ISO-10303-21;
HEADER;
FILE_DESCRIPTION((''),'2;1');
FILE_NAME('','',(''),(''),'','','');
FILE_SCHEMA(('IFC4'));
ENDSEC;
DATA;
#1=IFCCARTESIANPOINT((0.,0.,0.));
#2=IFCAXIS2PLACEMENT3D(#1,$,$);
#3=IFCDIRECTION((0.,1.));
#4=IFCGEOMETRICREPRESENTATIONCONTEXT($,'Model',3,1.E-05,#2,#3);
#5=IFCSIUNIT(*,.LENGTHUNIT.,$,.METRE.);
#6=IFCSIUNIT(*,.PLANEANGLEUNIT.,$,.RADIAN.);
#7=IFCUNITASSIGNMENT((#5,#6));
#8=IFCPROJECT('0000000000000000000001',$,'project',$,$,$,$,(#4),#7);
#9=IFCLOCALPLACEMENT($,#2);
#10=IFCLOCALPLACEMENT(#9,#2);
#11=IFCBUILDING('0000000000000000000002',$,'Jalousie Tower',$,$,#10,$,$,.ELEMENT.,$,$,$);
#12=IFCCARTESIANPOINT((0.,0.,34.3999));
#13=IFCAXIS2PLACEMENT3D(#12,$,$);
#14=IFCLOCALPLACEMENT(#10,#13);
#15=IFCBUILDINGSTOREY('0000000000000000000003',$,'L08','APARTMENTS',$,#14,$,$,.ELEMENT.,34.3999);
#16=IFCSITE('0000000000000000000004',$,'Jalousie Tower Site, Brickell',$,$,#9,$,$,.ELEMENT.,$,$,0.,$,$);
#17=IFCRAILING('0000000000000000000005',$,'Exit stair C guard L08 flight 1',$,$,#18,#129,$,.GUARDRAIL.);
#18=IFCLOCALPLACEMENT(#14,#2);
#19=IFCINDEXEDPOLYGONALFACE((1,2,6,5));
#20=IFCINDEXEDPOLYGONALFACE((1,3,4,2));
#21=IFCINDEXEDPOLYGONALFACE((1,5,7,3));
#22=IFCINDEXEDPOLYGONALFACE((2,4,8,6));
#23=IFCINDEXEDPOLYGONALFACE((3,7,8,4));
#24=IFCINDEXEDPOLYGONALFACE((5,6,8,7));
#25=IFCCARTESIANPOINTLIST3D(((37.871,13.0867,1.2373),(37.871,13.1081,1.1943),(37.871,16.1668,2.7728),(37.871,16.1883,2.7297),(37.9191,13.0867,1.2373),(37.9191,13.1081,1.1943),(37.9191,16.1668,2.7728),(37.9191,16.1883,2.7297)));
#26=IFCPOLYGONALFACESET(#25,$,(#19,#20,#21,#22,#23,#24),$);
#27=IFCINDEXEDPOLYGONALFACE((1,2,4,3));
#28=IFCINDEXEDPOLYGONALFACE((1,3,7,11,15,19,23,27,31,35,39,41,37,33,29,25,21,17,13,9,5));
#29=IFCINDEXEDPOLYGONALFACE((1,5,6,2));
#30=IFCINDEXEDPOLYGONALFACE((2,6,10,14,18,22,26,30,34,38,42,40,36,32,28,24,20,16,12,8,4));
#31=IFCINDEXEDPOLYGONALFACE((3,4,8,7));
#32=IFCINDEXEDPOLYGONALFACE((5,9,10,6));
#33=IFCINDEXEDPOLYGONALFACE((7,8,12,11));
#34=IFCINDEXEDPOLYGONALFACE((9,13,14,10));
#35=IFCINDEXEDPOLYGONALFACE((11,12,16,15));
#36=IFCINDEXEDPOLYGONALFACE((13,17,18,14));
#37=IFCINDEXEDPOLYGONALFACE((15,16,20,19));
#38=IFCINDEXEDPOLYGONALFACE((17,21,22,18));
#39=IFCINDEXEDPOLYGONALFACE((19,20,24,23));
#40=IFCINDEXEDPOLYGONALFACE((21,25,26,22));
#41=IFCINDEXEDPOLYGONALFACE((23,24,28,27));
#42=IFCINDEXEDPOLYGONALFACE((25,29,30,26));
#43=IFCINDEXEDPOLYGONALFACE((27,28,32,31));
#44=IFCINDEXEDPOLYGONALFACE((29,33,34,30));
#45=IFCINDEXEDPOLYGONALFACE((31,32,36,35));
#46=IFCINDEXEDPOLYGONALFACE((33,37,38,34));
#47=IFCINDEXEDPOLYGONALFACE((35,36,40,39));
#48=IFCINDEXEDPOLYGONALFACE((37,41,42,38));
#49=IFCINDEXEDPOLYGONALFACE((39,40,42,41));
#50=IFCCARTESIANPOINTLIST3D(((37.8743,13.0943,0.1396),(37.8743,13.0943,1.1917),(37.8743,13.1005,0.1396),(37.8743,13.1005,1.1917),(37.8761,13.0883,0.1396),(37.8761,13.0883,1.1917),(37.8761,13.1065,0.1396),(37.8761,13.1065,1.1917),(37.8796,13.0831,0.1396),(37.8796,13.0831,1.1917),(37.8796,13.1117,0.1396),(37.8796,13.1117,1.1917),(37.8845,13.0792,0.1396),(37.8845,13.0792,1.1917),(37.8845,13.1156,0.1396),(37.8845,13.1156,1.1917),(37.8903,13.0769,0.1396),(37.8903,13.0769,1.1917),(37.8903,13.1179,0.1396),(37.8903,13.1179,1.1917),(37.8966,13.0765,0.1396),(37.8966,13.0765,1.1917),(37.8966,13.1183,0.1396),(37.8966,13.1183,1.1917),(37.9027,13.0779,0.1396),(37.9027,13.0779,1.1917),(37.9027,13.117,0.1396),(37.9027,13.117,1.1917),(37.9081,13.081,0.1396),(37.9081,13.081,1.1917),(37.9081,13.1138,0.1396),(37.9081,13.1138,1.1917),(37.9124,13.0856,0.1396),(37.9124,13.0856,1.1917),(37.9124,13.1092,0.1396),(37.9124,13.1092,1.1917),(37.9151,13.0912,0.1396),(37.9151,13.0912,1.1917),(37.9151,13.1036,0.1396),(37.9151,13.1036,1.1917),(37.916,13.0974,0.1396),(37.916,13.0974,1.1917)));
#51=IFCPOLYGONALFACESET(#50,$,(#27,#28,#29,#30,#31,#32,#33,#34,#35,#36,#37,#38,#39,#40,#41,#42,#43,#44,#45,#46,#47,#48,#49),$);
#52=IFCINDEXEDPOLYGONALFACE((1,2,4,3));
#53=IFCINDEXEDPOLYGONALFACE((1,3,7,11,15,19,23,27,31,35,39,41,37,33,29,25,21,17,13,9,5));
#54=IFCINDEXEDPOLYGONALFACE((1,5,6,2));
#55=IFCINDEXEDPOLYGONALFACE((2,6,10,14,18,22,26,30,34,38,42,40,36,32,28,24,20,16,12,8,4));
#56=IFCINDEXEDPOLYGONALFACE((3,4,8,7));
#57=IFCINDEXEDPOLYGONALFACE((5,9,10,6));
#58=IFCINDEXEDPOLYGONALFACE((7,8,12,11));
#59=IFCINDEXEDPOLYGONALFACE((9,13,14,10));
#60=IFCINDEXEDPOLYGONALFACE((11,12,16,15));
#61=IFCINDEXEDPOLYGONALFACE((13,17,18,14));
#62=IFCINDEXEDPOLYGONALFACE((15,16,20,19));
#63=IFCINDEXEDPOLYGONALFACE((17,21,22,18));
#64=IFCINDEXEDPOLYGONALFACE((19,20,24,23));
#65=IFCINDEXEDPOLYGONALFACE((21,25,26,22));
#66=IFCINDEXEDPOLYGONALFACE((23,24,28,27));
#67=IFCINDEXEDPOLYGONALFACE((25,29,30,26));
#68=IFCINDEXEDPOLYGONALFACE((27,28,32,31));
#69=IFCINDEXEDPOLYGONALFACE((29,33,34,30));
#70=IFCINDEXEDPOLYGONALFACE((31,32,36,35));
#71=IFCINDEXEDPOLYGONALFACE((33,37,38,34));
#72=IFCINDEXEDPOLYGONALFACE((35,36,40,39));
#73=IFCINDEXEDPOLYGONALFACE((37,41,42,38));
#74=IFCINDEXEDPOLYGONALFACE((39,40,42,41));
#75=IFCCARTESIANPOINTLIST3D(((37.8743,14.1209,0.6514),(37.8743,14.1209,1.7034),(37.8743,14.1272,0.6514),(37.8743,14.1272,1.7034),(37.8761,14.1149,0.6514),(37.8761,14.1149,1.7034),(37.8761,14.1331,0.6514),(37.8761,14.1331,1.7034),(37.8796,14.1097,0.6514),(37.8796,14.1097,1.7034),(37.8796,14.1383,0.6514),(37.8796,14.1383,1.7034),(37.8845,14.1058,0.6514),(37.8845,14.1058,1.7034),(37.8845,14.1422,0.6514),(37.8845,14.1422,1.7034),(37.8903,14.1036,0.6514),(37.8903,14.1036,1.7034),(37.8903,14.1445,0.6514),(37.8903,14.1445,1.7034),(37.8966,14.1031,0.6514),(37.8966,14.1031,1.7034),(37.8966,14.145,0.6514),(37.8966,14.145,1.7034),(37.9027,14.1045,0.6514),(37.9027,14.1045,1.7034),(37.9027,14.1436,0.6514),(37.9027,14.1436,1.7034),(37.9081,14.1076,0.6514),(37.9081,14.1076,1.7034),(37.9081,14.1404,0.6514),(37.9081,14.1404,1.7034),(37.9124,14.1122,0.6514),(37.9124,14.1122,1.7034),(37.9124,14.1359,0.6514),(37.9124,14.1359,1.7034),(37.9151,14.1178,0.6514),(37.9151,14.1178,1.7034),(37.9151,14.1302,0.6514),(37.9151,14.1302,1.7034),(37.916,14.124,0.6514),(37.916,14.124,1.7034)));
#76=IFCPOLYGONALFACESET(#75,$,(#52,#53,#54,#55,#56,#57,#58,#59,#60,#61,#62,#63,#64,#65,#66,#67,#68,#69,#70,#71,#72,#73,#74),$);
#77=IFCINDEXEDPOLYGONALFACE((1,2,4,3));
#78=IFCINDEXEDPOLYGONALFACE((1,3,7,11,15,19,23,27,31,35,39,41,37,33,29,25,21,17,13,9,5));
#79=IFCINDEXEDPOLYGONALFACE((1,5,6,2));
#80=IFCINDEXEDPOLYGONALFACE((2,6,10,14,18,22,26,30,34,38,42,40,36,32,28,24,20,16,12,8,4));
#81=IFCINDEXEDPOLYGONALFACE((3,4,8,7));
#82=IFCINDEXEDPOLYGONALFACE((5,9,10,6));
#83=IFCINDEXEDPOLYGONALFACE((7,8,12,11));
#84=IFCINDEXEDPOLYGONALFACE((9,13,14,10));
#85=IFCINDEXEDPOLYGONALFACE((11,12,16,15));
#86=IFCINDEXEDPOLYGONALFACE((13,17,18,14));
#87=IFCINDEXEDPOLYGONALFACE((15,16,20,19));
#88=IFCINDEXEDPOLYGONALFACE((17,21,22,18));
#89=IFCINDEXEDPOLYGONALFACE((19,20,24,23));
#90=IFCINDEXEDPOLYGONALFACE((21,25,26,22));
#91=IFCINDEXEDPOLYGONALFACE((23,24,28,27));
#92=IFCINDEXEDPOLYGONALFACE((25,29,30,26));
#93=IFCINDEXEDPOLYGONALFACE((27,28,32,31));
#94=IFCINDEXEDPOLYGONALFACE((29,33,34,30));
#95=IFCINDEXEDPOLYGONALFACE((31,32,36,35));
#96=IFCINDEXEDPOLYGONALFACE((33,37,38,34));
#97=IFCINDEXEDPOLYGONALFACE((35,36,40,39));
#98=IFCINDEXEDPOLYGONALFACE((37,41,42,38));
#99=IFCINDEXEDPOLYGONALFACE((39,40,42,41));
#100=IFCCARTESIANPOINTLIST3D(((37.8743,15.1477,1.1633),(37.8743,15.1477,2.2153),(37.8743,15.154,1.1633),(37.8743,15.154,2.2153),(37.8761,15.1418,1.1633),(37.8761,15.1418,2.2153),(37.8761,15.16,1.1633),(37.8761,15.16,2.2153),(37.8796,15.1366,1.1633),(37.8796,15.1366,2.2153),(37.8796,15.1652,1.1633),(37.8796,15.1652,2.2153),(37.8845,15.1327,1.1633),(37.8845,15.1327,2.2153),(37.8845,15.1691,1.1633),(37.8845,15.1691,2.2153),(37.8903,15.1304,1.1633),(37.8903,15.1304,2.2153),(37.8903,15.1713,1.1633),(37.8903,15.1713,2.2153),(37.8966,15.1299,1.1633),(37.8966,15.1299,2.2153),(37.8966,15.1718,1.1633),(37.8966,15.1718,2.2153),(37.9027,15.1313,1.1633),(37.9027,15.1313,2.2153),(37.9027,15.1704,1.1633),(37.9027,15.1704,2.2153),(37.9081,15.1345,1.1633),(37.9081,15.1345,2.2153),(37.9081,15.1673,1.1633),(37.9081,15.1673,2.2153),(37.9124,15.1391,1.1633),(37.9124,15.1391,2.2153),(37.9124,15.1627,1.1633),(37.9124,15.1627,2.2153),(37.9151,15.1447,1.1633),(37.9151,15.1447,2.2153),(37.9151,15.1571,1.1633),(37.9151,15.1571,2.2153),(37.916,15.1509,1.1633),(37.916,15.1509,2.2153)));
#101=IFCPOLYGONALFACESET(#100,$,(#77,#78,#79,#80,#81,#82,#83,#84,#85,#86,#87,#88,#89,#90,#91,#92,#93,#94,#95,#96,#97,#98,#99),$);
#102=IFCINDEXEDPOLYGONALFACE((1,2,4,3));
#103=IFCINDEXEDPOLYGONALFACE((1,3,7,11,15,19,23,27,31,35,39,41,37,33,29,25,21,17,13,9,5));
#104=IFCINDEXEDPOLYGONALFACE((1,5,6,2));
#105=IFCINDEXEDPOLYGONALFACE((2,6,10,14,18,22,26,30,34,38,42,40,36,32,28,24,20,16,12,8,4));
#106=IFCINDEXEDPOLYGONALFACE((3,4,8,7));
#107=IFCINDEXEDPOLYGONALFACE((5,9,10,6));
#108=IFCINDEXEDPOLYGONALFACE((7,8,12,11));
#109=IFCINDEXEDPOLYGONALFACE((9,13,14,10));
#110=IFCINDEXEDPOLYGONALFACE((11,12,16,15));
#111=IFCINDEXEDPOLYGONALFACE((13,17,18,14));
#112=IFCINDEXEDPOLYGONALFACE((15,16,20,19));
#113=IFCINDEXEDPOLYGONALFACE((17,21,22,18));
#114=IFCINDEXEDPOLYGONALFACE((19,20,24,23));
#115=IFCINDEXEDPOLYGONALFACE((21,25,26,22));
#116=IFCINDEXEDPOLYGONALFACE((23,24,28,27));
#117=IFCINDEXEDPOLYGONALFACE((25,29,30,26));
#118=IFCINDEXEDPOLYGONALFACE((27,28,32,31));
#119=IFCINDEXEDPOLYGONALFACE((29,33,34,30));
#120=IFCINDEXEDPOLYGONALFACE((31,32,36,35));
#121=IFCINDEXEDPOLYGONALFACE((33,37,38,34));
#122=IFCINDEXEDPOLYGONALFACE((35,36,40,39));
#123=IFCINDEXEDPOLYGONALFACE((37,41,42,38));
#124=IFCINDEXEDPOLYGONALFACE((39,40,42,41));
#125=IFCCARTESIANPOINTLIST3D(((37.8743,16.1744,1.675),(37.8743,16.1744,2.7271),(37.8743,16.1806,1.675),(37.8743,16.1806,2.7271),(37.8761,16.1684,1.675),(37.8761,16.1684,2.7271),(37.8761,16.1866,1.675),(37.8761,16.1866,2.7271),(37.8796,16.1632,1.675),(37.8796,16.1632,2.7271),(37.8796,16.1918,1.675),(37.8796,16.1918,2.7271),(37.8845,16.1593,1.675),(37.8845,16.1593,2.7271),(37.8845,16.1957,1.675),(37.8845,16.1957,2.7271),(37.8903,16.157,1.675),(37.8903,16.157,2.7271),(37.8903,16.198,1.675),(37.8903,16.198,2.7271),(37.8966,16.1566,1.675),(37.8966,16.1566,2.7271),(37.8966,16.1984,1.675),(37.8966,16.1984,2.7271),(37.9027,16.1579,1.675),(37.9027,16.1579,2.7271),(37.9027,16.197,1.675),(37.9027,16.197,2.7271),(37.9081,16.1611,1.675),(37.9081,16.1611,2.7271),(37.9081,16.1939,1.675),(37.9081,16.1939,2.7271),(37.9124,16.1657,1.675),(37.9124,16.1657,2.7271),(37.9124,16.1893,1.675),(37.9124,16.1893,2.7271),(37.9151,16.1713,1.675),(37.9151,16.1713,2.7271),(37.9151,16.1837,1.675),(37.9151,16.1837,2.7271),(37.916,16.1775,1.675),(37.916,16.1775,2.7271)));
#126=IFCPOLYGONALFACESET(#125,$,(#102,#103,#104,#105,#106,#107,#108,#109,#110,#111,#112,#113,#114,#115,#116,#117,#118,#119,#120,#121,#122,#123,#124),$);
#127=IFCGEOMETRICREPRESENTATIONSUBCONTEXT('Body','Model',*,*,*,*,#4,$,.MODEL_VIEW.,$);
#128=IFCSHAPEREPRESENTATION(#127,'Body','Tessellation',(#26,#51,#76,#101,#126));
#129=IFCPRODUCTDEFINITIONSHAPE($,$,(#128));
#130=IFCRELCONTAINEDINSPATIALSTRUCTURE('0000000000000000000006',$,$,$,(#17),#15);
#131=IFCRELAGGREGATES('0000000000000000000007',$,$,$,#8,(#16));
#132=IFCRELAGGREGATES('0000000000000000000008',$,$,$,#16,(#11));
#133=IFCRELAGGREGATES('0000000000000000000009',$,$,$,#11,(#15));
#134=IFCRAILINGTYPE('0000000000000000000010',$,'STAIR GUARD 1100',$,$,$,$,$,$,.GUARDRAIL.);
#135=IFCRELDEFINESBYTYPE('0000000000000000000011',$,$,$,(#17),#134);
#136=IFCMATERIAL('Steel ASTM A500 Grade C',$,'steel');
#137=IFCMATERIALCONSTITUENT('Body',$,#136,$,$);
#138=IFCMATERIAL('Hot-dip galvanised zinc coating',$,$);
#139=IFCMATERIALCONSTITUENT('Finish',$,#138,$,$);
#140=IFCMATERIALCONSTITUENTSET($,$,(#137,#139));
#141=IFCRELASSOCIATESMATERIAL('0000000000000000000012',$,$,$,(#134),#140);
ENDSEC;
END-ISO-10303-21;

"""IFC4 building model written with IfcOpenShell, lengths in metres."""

from ifc_helpers import new_model, si_unit, direction, frame, origin, origin_2d, place, context, subcontext, project, spatial, rectangle, circle, extrude, material, constituent, constituent_set, type_object, element, save


model = new_model("IFC4")

# Units and contexts
model_context = context("Model", 3, precision=1e-05, world=origin(), true_north=direction((0.0, 1.0)))
body_context = subcontext(model_context, "Body", "Model", "MODEL_VIEW")
ifc_project = project(units=[si_unit("LENGTHUNIT", "METRE"), si_unit("PLANEANGLEUNIT", "RADIAN")], contexts=[model_context])

# Site, building, storey
site_placement = place(None, origin())
site = spatial("IfcSite", under=ifc_project, at=site_placement, Name="Jalousie Tower Site, Brickell", CompositionType="ELEMENT", RefElevation=0.0)
building_placement = place(site_placement, origin())
building = spatial("IfcBuilding", under=site, at=building_placement, Name="Jalousie Tower", CompositionType="ELEMENT")
storey_placement = place(building_placement, frame((0.0, 0.0, 34.3999)))
storey = spatial("IfcBuildingStorey", under=building, at=storey_placement, Name="L08", Description="APARTMENTS", CompositionType="ELEMENT", Elevation=34.3999)

# Railing
ifc_material_1 = material(Name="Steel ASTM A500 Grade C", Category="steel")
ifc_constituent_1 = constituent(ifc_material_1, Name="Body")
ifc_material_2 = material(Name="Hot-dip galvanised zinc coating")
ifc_constituent_2 = constituent(ifc_material_2, Name="Finish")
ifc_constituent_set_1 = constituent_set(constituents=[ifc_constituent_1, ifc_constituent_2])
railing_type = type_object("IfcRailingType", Name="STAIR GUARD 1100", PredefinedType="GUARDRAIL", material=ifc_constituent_set_1)
railing_1_placement = place(storey_placement, frame((37.895, 13.0974, 0.1396)))
element("IfcRailing", 1, at=railing_1_placement, inside=storey, type_object=railing_type, Name="Exit stair C guard L08 flight 1", PredefinedType="GUARDRAIL", context=body_context, shape_type="SweptSolid", body=[
    extrude(rectangle(XDim=0.0481, YDim=0.0481, at=origin_2d()), frame((0.0, 0.0, 1.0762), z_axis=(0.0, 0.894966, 0.446135), x_axis=(-1.0, 0.0, 0.0)), (0.0, 0.0, 1.0), 3.4417),
    extrude(circle(Radius=0.021, at=origin_2d()), origin(), (0.0, 0.0, 1.0), 1.052),
    extrude(circle(Radius=0.021, at=origin_2d()), frame((0.0, 1.0266, 0.5117)), (0.0, 0.0, 1.0), 1.052),
    extrude(circle(Radius=0.021, at=origin_2d()), frame((0.0, 2.0535, 1.0237)), (0.0, 0.0, 1.0), 1.052),
    extrude(circle(Radius=0.021, at=origin_2d()), frame((0.0, 3.0801, 1.5354)), (0.0, 0.0, 1.0), 1.052),
])

save(model, "model.ifc")
